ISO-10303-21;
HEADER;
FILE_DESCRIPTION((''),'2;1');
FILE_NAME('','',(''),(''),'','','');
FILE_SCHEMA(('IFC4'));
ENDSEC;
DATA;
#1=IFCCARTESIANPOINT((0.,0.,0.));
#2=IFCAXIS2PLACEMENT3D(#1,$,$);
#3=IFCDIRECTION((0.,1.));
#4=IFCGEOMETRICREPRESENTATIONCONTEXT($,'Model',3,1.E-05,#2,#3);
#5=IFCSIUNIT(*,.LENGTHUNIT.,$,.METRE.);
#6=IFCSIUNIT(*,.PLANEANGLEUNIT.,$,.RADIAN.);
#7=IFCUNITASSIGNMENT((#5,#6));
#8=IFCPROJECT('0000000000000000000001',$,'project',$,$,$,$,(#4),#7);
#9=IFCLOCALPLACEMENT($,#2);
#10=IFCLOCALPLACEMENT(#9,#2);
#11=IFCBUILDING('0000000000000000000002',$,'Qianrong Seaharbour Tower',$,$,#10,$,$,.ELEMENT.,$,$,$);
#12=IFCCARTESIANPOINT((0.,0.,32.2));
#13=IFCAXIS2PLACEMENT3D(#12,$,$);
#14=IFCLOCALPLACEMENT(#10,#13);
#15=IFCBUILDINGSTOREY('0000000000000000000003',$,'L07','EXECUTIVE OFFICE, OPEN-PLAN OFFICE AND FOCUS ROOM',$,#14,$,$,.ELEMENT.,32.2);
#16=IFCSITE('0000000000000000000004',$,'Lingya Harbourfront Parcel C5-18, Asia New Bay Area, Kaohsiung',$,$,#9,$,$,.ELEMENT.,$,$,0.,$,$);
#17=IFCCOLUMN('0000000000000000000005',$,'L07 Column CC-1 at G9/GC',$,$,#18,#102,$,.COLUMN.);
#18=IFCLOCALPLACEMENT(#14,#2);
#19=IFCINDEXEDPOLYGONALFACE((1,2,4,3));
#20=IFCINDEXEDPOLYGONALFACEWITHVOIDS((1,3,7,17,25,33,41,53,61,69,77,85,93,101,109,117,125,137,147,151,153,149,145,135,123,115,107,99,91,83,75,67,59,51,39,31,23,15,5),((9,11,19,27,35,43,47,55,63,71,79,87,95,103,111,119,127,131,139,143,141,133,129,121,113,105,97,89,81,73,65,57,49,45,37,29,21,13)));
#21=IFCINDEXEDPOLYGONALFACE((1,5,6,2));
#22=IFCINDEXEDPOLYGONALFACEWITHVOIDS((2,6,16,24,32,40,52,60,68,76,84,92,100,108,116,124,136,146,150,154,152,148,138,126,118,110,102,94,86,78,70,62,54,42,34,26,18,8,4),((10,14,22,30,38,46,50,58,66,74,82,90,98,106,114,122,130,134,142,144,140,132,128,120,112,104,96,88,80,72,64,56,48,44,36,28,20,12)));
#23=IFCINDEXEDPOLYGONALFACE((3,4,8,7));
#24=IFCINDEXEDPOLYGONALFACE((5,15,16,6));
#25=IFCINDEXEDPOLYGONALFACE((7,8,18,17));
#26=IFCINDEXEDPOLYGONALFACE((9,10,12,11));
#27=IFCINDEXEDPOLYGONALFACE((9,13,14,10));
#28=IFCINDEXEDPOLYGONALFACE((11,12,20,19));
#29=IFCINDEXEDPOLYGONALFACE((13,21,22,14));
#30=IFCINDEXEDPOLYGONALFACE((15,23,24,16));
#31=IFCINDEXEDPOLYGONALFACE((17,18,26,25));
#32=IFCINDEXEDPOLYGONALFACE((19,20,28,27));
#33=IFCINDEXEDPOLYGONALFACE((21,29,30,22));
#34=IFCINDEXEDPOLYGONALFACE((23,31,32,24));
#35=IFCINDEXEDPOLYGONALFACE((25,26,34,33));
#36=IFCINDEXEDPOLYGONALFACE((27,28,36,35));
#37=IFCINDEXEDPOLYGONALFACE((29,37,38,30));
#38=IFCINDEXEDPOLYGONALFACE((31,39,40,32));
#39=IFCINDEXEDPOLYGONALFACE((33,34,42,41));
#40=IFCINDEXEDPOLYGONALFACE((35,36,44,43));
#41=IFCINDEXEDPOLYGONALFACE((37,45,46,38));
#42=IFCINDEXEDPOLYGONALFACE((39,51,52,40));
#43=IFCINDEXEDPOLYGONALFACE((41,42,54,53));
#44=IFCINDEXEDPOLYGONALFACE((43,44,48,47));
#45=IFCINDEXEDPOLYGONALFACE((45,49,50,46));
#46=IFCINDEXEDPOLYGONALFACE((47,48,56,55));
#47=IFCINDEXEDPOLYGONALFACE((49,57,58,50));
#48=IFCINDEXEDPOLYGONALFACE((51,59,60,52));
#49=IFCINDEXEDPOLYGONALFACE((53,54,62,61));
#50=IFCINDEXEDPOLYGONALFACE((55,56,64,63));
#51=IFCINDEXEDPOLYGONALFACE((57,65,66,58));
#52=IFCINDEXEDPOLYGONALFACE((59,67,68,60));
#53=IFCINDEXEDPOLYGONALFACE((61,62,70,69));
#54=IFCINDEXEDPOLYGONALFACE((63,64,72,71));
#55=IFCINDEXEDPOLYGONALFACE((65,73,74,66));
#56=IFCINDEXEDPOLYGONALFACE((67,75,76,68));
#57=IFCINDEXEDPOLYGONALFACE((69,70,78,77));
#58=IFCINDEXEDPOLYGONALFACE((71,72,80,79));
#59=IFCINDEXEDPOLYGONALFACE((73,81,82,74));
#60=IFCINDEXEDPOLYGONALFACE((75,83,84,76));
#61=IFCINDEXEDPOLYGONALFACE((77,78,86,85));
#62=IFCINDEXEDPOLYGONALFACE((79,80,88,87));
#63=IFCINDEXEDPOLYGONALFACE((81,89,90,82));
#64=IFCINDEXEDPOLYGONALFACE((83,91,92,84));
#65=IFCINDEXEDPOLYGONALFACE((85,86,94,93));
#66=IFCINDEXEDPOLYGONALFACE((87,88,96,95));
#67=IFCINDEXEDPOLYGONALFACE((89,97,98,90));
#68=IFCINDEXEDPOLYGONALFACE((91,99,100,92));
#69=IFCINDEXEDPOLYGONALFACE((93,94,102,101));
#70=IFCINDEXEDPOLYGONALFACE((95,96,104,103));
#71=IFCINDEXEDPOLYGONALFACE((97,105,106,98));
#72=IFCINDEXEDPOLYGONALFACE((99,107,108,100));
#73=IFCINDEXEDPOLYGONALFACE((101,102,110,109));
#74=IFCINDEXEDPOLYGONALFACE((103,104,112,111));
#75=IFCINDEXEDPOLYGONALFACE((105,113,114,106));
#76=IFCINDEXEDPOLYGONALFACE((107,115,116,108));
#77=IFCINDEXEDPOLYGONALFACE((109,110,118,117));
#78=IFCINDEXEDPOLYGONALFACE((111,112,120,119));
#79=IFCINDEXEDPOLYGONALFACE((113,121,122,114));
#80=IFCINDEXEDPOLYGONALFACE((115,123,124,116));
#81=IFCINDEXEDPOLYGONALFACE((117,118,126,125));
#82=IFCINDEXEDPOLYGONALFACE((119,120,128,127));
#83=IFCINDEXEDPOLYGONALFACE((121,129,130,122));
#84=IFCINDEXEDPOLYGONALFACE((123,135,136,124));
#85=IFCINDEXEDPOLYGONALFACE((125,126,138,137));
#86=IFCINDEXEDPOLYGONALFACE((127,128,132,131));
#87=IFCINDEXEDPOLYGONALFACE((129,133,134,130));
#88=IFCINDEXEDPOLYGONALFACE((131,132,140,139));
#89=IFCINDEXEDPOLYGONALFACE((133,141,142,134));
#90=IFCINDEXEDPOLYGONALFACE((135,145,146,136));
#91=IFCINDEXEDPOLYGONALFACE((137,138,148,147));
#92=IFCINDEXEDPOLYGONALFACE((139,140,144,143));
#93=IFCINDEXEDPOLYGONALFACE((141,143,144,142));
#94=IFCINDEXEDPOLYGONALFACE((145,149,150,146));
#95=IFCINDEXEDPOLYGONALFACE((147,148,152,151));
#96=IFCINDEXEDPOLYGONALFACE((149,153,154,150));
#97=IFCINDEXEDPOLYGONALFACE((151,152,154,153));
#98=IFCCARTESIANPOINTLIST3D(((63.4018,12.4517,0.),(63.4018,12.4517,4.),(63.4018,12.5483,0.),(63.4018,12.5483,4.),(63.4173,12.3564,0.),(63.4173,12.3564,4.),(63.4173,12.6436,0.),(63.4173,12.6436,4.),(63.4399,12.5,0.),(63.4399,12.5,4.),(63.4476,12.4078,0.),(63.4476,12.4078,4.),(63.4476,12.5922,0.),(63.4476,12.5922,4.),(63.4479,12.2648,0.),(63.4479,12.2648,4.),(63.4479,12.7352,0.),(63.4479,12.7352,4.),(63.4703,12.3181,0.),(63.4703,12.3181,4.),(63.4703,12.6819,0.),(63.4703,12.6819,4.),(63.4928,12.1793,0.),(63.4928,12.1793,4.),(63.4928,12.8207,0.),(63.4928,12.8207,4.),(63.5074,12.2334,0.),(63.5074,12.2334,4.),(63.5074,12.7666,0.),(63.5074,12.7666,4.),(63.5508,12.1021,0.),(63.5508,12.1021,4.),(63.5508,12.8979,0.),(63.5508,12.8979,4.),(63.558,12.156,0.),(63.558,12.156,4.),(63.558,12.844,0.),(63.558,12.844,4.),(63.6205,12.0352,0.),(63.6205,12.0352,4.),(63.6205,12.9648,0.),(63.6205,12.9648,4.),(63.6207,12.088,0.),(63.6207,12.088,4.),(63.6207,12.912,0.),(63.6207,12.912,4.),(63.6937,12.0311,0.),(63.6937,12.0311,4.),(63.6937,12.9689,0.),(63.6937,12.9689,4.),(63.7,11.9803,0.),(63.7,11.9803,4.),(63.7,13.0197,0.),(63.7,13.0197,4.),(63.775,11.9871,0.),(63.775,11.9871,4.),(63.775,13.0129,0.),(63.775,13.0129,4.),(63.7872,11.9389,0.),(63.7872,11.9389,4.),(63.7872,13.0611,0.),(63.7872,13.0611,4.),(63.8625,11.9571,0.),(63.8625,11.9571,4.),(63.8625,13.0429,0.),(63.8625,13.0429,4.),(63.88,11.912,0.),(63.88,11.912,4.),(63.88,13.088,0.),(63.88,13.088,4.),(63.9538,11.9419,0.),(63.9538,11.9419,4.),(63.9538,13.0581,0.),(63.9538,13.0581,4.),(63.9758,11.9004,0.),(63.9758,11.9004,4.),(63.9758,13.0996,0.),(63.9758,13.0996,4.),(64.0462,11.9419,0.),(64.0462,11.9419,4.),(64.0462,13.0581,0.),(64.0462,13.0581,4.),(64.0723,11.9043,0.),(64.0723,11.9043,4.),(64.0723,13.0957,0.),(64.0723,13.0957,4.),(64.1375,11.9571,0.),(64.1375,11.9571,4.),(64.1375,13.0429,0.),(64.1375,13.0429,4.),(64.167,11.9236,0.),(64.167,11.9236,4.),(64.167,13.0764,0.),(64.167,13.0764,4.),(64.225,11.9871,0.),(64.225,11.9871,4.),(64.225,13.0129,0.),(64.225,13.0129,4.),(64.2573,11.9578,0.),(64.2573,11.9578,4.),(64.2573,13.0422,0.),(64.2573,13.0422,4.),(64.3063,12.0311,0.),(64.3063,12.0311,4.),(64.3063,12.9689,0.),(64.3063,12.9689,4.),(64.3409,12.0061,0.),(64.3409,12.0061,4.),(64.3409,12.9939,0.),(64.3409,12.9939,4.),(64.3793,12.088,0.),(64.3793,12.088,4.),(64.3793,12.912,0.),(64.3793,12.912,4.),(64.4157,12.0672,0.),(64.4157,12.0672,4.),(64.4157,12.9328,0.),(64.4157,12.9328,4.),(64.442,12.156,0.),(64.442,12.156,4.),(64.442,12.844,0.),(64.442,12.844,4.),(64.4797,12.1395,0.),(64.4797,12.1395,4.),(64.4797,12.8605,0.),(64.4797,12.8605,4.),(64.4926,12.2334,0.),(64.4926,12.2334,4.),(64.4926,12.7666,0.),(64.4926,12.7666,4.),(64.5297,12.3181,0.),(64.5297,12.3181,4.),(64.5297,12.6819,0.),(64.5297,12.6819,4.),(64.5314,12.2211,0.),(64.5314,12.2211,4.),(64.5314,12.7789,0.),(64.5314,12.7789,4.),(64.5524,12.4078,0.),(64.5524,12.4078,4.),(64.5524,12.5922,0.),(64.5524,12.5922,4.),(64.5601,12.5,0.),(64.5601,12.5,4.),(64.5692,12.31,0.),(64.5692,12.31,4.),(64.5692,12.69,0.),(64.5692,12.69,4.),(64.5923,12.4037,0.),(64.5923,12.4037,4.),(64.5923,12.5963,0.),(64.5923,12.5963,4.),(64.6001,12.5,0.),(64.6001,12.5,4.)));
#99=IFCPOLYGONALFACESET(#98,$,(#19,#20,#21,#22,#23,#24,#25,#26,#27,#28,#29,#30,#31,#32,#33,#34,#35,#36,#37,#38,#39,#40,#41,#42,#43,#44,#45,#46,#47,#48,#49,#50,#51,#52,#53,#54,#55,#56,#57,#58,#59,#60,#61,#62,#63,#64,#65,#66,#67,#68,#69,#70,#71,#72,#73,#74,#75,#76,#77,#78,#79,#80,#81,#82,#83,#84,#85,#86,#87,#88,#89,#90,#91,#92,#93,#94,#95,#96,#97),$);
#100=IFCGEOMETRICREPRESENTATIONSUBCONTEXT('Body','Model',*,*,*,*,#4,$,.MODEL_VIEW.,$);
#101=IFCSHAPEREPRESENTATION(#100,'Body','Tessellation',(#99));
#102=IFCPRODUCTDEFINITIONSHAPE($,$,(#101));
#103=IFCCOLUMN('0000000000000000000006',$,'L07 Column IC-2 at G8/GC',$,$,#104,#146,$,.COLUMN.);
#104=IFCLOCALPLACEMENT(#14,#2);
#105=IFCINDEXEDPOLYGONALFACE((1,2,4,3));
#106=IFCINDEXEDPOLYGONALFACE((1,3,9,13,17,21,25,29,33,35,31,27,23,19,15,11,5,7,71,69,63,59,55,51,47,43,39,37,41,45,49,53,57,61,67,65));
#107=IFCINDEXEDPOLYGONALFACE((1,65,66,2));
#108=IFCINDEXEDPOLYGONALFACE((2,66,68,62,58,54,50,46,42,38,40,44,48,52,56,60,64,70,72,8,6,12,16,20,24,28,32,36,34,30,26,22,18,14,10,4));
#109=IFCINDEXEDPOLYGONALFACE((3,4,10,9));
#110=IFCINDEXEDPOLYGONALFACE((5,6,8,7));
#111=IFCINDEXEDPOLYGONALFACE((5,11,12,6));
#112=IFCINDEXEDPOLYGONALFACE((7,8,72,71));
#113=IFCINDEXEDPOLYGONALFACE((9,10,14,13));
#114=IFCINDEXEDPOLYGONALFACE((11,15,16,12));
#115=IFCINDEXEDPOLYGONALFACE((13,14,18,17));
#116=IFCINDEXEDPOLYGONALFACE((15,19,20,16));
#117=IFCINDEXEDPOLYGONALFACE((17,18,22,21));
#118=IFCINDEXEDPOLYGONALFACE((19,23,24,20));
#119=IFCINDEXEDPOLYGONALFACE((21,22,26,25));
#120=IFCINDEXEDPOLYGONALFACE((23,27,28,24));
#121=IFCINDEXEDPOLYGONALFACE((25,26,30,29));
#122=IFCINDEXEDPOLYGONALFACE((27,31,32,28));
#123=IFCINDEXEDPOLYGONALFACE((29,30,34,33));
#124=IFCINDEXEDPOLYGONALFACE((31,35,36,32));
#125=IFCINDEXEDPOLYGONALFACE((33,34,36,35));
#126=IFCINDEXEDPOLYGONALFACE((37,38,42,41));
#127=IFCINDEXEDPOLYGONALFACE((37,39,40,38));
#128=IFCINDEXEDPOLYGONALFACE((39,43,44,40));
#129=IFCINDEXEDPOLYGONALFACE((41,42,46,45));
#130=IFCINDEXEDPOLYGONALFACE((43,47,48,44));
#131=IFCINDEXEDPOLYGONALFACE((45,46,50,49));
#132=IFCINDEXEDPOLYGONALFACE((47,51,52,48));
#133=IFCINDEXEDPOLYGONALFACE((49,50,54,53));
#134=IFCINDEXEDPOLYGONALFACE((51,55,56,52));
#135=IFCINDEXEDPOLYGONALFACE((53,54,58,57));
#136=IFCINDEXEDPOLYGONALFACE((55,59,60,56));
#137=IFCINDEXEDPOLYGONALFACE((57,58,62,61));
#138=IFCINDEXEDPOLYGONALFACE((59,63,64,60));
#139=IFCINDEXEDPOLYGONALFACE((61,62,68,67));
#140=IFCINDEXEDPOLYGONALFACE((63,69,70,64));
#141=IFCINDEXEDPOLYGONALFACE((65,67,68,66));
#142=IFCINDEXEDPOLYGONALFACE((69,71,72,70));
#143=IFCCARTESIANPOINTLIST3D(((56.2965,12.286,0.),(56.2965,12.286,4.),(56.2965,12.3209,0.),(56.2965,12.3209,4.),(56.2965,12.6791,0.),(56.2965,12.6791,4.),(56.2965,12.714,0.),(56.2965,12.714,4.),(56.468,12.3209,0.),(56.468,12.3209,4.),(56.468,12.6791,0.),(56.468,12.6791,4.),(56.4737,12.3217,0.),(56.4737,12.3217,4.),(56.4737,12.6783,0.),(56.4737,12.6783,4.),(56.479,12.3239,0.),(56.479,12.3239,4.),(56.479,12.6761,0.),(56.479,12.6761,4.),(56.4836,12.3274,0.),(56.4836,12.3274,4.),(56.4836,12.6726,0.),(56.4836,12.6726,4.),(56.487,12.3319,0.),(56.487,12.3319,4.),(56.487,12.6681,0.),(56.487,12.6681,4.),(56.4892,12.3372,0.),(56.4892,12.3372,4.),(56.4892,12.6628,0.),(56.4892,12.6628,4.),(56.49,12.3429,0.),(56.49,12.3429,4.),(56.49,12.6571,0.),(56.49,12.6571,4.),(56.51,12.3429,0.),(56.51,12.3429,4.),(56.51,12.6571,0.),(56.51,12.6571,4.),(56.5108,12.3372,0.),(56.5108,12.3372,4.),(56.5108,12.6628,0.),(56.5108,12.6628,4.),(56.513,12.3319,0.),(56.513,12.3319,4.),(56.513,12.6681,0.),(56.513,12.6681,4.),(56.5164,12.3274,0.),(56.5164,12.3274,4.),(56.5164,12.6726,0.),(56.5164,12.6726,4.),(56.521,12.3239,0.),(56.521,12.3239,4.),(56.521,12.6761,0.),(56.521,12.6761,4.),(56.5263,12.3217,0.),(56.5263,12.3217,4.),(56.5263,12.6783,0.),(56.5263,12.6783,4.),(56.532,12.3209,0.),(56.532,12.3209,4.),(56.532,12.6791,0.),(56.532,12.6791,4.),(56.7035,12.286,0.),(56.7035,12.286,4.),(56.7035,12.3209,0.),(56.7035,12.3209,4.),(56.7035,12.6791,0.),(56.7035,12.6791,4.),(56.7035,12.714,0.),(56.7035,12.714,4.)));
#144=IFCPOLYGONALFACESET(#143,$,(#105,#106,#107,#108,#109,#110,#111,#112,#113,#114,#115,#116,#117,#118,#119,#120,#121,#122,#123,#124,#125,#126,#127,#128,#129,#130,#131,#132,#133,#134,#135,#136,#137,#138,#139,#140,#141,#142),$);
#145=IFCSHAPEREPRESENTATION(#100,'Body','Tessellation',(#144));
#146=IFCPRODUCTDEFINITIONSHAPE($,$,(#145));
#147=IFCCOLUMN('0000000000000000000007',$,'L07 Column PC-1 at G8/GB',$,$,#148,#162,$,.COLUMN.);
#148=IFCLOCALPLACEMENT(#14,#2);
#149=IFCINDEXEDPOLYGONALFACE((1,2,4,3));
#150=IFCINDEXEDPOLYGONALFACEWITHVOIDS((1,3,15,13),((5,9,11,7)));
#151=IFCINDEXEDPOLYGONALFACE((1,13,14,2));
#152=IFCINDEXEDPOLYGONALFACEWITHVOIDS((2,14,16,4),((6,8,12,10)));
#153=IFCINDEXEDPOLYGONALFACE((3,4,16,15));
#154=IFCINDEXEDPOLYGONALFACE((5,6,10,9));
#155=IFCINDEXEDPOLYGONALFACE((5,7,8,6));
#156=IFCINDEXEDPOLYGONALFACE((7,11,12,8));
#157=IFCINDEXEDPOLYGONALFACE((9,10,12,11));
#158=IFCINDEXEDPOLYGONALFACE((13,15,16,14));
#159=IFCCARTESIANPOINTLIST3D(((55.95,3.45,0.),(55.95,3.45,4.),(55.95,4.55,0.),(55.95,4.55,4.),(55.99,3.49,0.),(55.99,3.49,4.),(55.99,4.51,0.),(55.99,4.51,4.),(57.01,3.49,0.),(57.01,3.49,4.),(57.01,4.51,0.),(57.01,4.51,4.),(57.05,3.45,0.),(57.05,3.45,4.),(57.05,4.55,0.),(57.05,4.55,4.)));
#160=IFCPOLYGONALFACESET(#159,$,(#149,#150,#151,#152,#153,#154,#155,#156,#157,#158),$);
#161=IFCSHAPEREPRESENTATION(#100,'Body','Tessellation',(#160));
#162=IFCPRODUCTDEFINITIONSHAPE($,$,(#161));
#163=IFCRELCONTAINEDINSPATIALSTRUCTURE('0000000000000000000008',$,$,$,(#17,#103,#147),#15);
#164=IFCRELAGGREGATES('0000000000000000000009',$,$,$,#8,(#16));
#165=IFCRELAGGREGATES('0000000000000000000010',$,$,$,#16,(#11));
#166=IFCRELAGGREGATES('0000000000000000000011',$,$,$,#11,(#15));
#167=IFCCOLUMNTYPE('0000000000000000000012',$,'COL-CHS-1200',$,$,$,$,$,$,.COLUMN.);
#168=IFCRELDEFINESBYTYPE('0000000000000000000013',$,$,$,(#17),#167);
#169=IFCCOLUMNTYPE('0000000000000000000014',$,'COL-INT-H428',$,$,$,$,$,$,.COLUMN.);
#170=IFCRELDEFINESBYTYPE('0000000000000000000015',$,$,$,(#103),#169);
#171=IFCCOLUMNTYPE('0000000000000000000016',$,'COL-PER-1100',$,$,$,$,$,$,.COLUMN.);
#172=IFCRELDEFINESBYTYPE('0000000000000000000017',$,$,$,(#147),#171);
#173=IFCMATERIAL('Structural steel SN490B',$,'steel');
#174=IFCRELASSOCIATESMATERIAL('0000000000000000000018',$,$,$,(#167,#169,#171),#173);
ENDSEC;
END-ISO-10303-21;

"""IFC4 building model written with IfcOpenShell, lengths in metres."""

from ifc_helpers import new_model, si_unit, direction, frame, origin, origin_2d, place, context, subcontext, project, spatial, hollow_rectangle, hollow_circle, i_section, extrude, material, material_profile, profile_set, type_object, element, save


model = new_model("IFC4")

# Units and contexts
model_context = context("Model", 3, precision=1e-05, world=origin(), true_north=direction((0.0, 1.0)))
body_context = subcontext(model_context, "Body", "Model", "MODEL_VIEW")
ifc_project = project(units=[si_unit("LENGTHUNIT", "METRE"), si_unit("PLANEANGLEUNIT", "RADIAN")], contexts=[model_context])

# Site, building, storey
site_placement = place(None, origin())
site = spatial("IfcSite", under=ifc_project, at=site_placement, Name="Lingya Harbourfront Parcel C5-18, Asia New Bay Area, Kaohsiung", CompositionType="ELEMENT", RefElevation=0.0)
building_placement = place(site_placement, origin())
building = spatial("IfcBuilding", under=site, at=building_placement, Name="Qianrong Seaharbour Tower", CompositionType="ELEMENT")
storey_placement = place(building_placement, frame((0.0, 0.0, 32.2)))
storey = spatial("IfcBuildingStorey", under=building, at=storey_placement, Name="L07", Description="EXECUTIVE OFFICE, OPEN-PLAN OFFICE AND FOCUS ROOM", CompositionType="ELEMENT", Elevation=32.2)

# Columns
ifc_material_1 = material(Name="Structural steel SN490B", Category="steel")
ifc_material_profile_1 = material_profile(ifc_material_1, hollow_circle(Radius=0.6001, WallThickness=0.04, at=origin_2d()), Name="CHS1200x40")
ifc_profile_set_1 = profile_set([ifc_material_profile_1], Name="Structural steel SN490B")
column_type_1 = type_object("IfcColumnType", Name="COL-CHS-1200", PredefinedType="COLUMN", material=ifc_profile_set_1)
column_1_placement = place(storey_placement, frame((64.0, 12.5, 0.0), z_axis=(0.0, 0.0, 1.0), x_axis=(1.0, 0.0, 0.0)))
element("IfcColumn", 1, at=column_1_placement, inside=storey, type_object=column_type_1, Name="L07 Column CC-1 at G9/GC", PredefinedType="COLUMN", context=body_context, shape_type="SweptSolid", body=[
    extrude(hollow_circle(Radius=0.6001, WallThickness=0.04, at=origin_2d()), origin(), (0.0, 0.0, 1.0), 4.0),
])
ifc_material_profile_2 = material_profile(ifc_material_1, i_section(OverallWidth=0.407, OverallDepth=0.428, WebThickness=0.02, FlangeThickness=0.0349, FilletRadius=0.022, at=origin_2d()), Name="H428x407x20x35")
ifc_profile_set_2 = profile_set([ifc_material_profile_2], Name="Structural steel SN490B")
column_type_2 = type_object("IfcColumnType", Name="COL-INT-H428", PredefinedType="COLUMN", material=ifc_profile_set_2)
column_2_placement = place(storey_placement, frame((56.5, 12.5, 0.0), z_axis=(0.0, 0.0, 1.0), x_axis=(1.0, 0.0, 0.0)))
element("IfcColumn", 2, at=column_2_placement, inside=storey, type_object=column_type_2, Name="L07 Column IC-2 at G8/GC", PredefinedType="COLUMN", context=body_context, shape_type="SweptSolid", body=[
    extrude(i_section(OverallWidth=0.407, OverallDepth=0.428, WebThickness=0.02, FlangeThickness=0.0349, FilletRadius=0.022, at=origin_2d()), origin(), (0.0, 0.0, 1.0), 4.0),
])
ifc_material_profile_3 = material_profile(ifc_material_1, hollow_rectangle(XDim=1.1001, YDim=1.1001, WallThickness=0.04, at=origin_2d()), Name="BOX1100x1100x40")
ifc_profile_set_3 = profile_set([ifc_material_profile_3], Name="Structural steel SN490B")
column_type_3 = type_object("IfcColumnType", Name="COL-PER-1100", PredefinedType="COLUMN", material=ifc_profile_set_3)
column_3_placement = place(storey_placement, frame((56.5, 4.0, 0.0), z_axis=(0.0, 0.0, 1.0), x_axis=(1.0, 0.0, 0.0)))
element("IfcColumn", 3, at=column_3_placement, inside=storey, type_object=column_type_3, Name="L07 Column PC-1 at G8/GB", PredefinedType="COLUMN", context=body_context, shape_type="SweptSolid", body=[
    extrude(hollow_rectangle(XDim=1.1001, YDim=1.1001, WallThickness=0.04, at=origin_2d()), origin(), (0.0, 0.0, 1.0), 4.0),
])

save(model, "model.ifc")
